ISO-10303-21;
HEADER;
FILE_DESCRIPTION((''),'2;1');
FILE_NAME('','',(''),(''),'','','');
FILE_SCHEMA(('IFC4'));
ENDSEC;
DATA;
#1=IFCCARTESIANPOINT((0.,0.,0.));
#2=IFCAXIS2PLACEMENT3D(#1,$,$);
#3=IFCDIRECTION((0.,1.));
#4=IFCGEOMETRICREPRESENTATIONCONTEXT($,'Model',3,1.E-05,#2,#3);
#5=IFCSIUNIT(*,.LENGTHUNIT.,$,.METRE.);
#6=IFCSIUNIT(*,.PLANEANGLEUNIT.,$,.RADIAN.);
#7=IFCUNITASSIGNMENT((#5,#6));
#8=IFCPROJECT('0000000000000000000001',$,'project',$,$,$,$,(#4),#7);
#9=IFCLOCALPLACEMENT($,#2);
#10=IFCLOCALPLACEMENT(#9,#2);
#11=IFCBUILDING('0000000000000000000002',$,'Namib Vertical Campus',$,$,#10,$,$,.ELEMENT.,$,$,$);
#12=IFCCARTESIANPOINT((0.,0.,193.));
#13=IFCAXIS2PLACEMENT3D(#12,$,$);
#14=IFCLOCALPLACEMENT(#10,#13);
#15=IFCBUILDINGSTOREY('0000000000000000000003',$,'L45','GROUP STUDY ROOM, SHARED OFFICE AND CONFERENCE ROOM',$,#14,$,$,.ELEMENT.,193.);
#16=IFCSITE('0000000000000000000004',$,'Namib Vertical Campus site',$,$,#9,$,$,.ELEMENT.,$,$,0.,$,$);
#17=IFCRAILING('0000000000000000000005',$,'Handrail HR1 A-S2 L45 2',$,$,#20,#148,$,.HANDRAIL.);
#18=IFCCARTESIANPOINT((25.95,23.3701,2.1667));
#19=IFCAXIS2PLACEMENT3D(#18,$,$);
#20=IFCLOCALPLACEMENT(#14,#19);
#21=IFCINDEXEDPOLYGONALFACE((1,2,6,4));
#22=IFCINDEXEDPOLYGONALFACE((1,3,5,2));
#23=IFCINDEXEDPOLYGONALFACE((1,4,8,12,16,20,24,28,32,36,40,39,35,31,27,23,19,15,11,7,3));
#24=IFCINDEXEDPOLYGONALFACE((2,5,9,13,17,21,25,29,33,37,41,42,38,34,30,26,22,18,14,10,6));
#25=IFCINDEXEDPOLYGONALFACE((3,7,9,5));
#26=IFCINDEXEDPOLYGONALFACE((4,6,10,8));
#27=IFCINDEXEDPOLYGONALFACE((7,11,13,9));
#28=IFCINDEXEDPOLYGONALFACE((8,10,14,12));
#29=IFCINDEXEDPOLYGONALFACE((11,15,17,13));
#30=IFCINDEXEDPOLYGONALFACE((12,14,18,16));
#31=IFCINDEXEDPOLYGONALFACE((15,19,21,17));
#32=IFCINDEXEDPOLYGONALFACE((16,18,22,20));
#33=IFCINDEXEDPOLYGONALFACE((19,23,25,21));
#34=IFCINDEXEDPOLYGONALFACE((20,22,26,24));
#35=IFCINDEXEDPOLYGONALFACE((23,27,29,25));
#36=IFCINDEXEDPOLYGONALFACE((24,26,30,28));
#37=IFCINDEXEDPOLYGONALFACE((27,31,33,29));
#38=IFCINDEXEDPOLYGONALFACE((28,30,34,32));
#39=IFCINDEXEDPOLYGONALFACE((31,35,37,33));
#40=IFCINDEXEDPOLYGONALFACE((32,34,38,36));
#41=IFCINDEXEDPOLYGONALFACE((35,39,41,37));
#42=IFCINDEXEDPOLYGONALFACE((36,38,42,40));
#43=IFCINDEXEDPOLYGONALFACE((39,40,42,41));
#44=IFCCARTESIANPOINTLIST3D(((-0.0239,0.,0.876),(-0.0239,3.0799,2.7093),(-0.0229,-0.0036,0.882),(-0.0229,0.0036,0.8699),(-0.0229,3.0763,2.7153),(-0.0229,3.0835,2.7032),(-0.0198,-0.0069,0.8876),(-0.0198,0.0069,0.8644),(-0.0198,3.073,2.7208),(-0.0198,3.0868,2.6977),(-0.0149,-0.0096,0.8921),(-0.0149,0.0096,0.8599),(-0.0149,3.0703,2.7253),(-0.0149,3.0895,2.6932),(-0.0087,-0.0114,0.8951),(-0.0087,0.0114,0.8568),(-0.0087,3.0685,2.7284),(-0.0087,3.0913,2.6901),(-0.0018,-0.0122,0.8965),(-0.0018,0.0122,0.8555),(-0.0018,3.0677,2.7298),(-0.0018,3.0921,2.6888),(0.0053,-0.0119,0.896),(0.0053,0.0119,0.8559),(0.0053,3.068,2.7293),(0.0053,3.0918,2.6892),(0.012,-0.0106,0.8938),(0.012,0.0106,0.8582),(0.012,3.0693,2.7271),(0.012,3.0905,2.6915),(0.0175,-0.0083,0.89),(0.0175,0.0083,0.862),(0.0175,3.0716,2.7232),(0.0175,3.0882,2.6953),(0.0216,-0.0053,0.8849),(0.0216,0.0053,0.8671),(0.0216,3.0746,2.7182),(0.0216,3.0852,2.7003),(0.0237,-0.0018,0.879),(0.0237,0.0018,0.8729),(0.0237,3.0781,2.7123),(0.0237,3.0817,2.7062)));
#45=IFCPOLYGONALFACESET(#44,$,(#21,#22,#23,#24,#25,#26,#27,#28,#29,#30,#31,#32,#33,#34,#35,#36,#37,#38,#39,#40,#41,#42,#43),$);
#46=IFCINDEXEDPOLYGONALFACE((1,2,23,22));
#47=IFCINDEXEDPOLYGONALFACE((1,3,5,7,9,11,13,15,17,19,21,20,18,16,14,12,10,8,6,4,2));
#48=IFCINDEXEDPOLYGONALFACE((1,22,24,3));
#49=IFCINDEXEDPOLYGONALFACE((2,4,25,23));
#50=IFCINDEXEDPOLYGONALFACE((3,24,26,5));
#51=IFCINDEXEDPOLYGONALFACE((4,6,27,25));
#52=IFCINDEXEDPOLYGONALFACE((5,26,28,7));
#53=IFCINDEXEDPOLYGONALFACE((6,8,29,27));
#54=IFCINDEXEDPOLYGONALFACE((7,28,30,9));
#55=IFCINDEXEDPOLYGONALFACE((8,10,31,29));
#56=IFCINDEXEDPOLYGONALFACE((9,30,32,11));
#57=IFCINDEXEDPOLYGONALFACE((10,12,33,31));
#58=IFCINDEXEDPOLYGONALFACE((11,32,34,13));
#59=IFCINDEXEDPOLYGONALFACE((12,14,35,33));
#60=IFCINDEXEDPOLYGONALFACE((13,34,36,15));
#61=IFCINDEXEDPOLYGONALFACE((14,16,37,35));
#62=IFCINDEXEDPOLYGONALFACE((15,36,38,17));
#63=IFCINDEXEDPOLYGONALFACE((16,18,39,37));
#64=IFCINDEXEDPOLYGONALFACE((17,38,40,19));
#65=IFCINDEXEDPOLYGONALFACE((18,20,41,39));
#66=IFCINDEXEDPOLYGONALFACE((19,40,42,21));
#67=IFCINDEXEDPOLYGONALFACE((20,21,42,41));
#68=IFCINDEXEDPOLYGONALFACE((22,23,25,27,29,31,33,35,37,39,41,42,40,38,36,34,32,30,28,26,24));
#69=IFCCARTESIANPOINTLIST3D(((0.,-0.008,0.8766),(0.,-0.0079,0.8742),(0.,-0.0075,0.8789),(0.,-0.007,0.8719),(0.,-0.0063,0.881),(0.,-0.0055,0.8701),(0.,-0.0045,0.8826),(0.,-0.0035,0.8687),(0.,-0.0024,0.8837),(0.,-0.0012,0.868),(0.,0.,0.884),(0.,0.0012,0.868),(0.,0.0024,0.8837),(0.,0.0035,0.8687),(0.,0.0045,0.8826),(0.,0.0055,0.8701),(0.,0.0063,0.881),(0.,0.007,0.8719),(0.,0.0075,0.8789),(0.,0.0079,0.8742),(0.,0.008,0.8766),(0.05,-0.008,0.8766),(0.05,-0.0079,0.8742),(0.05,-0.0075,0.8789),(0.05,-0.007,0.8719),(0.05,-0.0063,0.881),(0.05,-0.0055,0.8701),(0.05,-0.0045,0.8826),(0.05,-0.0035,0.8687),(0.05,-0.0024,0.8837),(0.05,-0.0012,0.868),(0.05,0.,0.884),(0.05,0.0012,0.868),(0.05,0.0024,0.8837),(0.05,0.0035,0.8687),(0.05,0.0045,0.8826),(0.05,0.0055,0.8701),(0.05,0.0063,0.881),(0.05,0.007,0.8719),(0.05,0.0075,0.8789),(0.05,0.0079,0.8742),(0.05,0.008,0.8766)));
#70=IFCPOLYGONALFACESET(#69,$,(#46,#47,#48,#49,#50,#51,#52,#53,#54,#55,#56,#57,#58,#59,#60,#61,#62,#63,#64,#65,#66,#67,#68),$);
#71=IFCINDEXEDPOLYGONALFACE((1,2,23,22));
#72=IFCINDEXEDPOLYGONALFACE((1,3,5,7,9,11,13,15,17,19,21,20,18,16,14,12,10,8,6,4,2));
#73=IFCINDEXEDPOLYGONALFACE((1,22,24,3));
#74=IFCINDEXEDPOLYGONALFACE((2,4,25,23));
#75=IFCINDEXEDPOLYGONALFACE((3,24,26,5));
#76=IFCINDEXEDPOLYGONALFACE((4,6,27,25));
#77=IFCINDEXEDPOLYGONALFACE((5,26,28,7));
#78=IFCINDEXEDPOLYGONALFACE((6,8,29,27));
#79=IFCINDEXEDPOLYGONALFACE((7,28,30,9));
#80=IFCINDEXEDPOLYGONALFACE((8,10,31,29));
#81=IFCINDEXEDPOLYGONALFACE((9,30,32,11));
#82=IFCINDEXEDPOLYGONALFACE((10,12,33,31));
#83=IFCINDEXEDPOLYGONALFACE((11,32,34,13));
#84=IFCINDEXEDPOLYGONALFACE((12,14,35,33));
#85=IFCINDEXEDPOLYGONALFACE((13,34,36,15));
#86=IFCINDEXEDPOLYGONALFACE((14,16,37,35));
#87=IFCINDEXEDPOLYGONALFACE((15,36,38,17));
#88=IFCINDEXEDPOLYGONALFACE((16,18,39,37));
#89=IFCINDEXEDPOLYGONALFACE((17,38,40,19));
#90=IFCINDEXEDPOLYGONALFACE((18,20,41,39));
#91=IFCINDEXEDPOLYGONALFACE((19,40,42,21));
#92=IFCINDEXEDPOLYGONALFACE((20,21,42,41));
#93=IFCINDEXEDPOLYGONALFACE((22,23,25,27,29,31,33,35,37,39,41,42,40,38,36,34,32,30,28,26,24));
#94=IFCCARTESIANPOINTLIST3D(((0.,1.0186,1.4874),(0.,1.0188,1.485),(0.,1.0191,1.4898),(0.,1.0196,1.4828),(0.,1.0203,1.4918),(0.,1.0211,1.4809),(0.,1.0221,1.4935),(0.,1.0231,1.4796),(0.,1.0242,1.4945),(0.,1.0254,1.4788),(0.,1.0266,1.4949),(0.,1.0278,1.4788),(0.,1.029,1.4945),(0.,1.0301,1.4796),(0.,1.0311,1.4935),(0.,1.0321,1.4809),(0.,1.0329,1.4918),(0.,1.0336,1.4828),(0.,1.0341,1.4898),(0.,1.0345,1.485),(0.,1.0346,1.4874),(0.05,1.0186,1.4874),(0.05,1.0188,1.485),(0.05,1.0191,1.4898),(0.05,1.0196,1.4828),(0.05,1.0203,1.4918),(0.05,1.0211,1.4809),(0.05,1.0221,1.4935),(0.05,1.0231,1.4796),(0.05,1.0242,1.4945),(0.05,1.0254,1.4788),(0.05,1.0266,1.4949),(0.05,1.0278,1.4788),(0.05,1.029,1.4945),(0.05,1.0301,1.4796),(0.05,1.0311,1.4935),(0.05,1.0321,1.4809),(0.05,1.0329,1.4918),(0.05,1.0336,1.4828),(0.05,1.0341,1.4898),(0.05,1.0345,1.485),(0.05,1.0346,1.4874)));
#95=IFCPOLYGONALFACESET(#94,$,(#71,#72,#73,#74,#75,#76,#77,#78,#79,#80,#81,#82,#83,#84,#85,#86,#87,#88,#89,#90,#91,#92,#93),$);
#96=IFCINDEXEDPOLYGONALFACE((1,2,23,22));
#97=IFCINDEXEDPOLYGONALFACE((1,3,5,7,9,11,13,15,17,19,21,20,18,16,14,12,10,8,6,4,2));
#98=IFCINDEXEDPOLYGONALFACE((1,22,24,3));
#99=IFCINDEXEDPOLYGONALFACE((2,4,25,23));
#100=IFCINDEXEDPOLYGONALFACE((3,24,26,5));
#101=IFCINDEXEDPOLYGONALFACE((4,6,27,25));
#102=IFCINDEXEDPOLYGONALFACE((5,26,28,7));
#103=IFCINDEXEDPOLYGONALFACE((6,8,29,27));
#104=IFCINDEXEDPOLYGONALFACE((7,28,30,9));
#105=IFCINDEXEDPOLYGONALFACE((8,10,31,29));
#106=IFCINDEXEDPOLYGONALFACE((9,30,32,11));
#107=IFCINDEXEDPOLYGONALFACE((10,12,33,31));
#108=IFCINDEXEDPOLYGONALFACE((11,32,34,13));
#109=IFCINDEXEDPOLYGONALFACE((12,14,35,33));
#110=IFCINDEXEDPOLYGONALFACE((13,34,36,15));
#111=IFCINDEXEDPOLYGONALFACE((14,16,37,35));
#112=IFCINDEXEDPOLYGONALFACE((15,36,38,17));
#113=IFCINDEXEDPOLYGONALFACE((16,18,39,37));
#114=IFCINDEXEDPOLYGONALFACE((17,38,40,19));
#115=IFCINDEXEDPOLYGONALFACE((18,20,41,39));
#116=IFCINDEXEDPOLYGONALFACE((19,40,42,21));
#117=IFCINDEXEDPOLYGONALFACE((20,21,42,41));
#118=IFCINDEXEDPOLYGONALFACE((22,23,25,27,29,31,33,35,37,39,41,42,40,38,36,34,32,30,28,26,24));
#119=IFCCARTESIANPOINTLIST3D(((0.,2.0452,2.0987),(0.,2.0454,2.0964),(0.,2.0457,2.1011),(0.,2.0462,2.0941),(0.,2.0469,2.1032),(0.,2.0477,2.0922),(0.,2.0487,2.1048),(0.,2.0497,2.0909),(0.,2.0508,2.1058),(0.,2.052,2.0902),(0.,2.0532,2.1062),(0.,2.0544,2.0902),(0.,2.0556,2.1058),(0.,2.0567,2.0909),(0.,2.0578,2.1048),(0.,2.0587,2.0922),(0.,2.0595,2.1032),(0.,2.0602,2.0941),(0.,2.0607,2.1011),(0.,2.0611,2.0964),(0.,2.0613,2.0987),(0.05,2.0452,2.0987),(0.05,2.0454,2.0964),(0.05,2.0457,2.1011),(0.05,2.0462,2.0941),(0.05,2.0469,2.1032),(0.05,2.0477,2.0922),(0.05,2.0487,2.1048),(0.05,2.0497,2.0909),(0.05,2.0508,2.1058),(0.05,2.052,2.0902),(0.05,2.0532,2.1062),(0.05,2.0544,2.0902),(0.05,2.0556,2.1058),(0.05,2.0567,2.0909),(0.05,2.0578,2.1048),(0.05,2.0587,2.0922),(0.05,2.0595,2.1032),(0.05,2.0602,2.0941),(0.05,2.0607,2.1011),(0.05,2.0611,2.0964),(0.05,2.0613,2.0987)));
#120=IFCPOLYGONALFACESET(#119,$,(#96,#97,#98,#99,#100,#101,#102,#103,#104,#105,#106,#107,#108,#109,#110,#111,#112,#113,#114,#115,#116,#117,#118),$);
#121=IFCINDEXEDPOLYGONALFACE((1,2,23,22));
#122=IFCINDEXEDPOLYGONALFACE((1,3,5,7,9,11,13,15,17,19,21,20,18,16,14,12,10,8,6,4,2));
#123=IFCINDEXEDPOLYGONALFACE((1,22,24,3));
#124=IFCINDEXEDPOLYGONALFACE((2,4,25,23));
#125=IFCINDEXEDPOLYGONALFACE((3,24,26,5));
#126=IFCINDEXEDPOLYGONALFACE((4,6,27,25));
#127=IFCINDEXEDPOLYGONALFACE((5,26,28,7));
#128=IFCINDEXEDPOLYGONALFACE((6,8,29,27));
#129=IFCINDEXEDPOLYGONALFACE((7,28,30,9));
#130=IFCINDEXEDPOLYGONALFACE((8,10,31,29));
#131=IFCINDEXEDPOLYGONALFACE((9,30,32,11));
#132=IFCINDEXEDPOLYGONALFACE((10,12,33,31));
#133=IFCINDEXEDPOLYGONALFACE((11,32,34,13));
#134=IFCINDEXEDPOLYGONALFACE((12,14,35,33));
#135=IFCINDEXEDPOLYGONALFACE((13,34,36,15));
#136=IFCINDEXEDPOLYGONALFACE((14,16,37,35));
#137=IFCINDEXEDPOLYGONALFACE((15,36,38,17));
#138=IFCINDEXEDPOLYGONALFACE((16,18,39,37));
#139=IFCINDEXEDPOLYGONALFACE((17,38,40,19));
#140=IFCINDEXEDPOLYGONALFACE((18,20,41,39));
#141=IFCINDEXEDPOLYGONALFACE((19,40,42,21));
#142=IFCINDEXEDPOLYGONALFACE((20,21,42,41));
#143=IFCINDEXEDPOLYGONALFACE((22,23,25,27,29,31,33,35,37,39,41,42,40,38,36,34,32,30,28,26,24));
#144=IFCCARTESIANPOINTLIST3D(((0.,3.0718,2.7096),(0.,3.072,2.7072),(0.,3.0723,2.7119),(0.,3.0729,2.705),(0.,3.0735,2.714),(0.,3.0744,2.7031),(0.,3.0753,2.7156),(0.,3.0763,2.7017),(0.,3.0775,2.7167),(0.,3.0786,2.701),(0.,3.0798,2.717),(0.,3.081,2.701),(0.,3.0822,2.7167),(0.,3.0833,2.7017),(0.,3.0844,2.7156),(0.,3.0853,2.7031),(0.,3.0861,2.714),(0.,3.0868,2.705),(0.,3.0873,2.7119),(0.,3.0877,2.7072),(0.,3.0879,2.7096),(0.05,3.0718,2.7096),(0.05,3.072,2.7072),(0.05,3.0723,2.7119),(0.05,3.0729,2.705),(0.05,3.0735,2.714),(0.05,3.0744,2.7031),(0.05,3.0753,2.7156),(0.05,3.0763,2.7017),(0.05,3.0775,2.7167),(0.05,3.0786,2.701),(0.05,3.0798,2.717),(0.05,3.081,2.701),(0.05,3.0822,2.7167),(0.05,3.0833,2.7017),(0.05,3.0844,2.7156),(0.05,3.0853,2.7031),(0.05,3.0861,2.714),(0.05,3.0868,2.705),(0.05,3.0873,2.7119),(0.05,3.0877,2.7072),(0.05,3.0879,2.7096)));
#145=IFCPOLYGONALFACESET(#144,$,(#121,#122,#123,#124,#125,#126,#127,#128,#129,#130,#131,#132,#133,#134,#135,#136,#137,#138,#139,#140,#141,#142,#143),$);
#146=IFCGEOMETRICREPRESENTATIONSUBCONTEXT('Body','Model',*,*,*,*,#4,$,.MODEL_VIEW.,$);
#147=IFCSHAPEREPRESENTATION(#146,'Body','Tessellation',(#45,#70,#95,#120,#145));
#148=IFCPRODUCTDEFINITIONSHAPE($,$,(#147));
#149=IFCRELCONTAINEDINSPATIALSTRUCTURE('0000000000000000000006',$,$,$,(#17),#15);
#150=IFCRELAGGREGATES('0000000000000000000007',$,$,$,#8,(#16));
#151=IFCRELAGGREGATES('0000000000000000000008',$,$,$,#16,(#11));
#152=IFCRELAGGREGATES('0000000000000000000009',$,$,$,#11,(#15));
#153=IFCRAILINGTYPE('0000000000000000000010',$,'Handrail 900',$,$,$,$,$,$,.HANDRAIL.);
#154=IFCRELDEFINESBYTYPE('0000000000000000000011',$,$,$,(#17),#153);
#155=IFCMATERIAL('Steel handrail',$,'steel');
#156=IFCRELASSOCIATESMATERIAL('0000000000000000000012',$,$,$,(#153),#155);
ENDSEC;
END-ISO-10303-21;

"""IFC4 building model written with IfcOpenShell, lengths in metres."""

from ifc_helpers import new_model, si_unit, direction, frame, origin, origin_2d, place, context, subcontext, project, spatial, circle, extrude, material, type_object, element, save


model = new_model("IFC4")

# Units and contexts
model_context = context("Model", 3, precision=1e-05, world=origin(), true_north=direction((0.0, 1.0)))
body_context = subcontext(model_context, "Body", "Model", "MODEL_VIEW")
ifc_project = project(units=[si_unit("LENGTHUNIT", "METRE"), si_unit("PLANEANGLEUNIT", "RADIAN")], contexts=[model_context])

# Site, building, storey
site_placement = place(None, origin())
site = spatial("IfcSite", under=ifc_project, at=site_placement, Name="Namib Vertical Campus site", CompositionType="ELEMENT", RefElevation=0.0)
building_placement = place(site_placement, origin())
building = spatial("IfcBuilding", under=site, at=building_placement, Name="Namib Vertical Campus", CompositionType="ELEMENT")
storey_placement = place(building_placement, frame((0.0, 0.0, 193.0)))
storey = spatial("IfcBuildingStorey", under=building, at=storey_placement, Name="L45", Description="GROUP STUDY ROOM, SHARED OFFICE AND CONFERENCE ROOM", CompositionType="ELEMENT", Elevation=193.0)

# Railing
ifc_material_1 = material(Name="Steel handrail", Category="steel")
railing_type_1 = type_object("IfcRailingType", Name="Handrail 900", PredefinedType="HANDRAIL", material=ifc_material_1)
railing_1_placement = place(storey_placement, frame((25.95, 23.3701, 2.1667)))
element("IfcRailing", 1, at=railing_1_placement, inside=storey, type_object=railing_type_1, Name="Handrail HR1 A-S2 L45 2", PredefinedType="HANDRAIL", context=body_context, shape_type="SweptSolid", body=[
    extrude(circle(Radius=0.0239, at=origin_2d()), frame((0.0, 0.0, 0.876), z_axis=(0.0, 0.859291, 0.511487), x_axis=(-1.0, 0.0, 0.0)), (0.0, 0.0, 1.0), 3.5842),
    extrude(circle(Radius=0.0081, at=origin_2d()), frame((0.0, 0.0, 0.876), z_axis=(1.0, 0.0, 0.0), x_axis=(0.0, 0.0, 1.0)), (0.0, 0.0, 1.0), 0.05),
    extrude(circle(Radius=0.0081, at=origin_2d()), frame((0.0, 1.0266, 1.4868), z_axis=(1.0, 0.0, 0.0), x_axis=(0.0, 0.0, 1.0)), (0.0, 0.0, 1.0), 0.05),
    extrude(circle(Radius=0.0081, at=origin_2d()), frame((0.0, 2.0532, 2.0981), z_axis=(1.0, 0.0, 0.0), x_axis=(0.0, 0.0, 1.0)), (0.0, 0.0, 1.0), 0.05),
    extrude(circle(Radius=0.0081, at=origin_2d()), frame((0.0, 3.0798, 2.709), z_axis=(1.0, 0.0, 0.0), x_axis=(0.0, 0.0, 1.0)), (0.0, 0.0, 1.0), 0.05),
])

save(model, "model.ifc")
